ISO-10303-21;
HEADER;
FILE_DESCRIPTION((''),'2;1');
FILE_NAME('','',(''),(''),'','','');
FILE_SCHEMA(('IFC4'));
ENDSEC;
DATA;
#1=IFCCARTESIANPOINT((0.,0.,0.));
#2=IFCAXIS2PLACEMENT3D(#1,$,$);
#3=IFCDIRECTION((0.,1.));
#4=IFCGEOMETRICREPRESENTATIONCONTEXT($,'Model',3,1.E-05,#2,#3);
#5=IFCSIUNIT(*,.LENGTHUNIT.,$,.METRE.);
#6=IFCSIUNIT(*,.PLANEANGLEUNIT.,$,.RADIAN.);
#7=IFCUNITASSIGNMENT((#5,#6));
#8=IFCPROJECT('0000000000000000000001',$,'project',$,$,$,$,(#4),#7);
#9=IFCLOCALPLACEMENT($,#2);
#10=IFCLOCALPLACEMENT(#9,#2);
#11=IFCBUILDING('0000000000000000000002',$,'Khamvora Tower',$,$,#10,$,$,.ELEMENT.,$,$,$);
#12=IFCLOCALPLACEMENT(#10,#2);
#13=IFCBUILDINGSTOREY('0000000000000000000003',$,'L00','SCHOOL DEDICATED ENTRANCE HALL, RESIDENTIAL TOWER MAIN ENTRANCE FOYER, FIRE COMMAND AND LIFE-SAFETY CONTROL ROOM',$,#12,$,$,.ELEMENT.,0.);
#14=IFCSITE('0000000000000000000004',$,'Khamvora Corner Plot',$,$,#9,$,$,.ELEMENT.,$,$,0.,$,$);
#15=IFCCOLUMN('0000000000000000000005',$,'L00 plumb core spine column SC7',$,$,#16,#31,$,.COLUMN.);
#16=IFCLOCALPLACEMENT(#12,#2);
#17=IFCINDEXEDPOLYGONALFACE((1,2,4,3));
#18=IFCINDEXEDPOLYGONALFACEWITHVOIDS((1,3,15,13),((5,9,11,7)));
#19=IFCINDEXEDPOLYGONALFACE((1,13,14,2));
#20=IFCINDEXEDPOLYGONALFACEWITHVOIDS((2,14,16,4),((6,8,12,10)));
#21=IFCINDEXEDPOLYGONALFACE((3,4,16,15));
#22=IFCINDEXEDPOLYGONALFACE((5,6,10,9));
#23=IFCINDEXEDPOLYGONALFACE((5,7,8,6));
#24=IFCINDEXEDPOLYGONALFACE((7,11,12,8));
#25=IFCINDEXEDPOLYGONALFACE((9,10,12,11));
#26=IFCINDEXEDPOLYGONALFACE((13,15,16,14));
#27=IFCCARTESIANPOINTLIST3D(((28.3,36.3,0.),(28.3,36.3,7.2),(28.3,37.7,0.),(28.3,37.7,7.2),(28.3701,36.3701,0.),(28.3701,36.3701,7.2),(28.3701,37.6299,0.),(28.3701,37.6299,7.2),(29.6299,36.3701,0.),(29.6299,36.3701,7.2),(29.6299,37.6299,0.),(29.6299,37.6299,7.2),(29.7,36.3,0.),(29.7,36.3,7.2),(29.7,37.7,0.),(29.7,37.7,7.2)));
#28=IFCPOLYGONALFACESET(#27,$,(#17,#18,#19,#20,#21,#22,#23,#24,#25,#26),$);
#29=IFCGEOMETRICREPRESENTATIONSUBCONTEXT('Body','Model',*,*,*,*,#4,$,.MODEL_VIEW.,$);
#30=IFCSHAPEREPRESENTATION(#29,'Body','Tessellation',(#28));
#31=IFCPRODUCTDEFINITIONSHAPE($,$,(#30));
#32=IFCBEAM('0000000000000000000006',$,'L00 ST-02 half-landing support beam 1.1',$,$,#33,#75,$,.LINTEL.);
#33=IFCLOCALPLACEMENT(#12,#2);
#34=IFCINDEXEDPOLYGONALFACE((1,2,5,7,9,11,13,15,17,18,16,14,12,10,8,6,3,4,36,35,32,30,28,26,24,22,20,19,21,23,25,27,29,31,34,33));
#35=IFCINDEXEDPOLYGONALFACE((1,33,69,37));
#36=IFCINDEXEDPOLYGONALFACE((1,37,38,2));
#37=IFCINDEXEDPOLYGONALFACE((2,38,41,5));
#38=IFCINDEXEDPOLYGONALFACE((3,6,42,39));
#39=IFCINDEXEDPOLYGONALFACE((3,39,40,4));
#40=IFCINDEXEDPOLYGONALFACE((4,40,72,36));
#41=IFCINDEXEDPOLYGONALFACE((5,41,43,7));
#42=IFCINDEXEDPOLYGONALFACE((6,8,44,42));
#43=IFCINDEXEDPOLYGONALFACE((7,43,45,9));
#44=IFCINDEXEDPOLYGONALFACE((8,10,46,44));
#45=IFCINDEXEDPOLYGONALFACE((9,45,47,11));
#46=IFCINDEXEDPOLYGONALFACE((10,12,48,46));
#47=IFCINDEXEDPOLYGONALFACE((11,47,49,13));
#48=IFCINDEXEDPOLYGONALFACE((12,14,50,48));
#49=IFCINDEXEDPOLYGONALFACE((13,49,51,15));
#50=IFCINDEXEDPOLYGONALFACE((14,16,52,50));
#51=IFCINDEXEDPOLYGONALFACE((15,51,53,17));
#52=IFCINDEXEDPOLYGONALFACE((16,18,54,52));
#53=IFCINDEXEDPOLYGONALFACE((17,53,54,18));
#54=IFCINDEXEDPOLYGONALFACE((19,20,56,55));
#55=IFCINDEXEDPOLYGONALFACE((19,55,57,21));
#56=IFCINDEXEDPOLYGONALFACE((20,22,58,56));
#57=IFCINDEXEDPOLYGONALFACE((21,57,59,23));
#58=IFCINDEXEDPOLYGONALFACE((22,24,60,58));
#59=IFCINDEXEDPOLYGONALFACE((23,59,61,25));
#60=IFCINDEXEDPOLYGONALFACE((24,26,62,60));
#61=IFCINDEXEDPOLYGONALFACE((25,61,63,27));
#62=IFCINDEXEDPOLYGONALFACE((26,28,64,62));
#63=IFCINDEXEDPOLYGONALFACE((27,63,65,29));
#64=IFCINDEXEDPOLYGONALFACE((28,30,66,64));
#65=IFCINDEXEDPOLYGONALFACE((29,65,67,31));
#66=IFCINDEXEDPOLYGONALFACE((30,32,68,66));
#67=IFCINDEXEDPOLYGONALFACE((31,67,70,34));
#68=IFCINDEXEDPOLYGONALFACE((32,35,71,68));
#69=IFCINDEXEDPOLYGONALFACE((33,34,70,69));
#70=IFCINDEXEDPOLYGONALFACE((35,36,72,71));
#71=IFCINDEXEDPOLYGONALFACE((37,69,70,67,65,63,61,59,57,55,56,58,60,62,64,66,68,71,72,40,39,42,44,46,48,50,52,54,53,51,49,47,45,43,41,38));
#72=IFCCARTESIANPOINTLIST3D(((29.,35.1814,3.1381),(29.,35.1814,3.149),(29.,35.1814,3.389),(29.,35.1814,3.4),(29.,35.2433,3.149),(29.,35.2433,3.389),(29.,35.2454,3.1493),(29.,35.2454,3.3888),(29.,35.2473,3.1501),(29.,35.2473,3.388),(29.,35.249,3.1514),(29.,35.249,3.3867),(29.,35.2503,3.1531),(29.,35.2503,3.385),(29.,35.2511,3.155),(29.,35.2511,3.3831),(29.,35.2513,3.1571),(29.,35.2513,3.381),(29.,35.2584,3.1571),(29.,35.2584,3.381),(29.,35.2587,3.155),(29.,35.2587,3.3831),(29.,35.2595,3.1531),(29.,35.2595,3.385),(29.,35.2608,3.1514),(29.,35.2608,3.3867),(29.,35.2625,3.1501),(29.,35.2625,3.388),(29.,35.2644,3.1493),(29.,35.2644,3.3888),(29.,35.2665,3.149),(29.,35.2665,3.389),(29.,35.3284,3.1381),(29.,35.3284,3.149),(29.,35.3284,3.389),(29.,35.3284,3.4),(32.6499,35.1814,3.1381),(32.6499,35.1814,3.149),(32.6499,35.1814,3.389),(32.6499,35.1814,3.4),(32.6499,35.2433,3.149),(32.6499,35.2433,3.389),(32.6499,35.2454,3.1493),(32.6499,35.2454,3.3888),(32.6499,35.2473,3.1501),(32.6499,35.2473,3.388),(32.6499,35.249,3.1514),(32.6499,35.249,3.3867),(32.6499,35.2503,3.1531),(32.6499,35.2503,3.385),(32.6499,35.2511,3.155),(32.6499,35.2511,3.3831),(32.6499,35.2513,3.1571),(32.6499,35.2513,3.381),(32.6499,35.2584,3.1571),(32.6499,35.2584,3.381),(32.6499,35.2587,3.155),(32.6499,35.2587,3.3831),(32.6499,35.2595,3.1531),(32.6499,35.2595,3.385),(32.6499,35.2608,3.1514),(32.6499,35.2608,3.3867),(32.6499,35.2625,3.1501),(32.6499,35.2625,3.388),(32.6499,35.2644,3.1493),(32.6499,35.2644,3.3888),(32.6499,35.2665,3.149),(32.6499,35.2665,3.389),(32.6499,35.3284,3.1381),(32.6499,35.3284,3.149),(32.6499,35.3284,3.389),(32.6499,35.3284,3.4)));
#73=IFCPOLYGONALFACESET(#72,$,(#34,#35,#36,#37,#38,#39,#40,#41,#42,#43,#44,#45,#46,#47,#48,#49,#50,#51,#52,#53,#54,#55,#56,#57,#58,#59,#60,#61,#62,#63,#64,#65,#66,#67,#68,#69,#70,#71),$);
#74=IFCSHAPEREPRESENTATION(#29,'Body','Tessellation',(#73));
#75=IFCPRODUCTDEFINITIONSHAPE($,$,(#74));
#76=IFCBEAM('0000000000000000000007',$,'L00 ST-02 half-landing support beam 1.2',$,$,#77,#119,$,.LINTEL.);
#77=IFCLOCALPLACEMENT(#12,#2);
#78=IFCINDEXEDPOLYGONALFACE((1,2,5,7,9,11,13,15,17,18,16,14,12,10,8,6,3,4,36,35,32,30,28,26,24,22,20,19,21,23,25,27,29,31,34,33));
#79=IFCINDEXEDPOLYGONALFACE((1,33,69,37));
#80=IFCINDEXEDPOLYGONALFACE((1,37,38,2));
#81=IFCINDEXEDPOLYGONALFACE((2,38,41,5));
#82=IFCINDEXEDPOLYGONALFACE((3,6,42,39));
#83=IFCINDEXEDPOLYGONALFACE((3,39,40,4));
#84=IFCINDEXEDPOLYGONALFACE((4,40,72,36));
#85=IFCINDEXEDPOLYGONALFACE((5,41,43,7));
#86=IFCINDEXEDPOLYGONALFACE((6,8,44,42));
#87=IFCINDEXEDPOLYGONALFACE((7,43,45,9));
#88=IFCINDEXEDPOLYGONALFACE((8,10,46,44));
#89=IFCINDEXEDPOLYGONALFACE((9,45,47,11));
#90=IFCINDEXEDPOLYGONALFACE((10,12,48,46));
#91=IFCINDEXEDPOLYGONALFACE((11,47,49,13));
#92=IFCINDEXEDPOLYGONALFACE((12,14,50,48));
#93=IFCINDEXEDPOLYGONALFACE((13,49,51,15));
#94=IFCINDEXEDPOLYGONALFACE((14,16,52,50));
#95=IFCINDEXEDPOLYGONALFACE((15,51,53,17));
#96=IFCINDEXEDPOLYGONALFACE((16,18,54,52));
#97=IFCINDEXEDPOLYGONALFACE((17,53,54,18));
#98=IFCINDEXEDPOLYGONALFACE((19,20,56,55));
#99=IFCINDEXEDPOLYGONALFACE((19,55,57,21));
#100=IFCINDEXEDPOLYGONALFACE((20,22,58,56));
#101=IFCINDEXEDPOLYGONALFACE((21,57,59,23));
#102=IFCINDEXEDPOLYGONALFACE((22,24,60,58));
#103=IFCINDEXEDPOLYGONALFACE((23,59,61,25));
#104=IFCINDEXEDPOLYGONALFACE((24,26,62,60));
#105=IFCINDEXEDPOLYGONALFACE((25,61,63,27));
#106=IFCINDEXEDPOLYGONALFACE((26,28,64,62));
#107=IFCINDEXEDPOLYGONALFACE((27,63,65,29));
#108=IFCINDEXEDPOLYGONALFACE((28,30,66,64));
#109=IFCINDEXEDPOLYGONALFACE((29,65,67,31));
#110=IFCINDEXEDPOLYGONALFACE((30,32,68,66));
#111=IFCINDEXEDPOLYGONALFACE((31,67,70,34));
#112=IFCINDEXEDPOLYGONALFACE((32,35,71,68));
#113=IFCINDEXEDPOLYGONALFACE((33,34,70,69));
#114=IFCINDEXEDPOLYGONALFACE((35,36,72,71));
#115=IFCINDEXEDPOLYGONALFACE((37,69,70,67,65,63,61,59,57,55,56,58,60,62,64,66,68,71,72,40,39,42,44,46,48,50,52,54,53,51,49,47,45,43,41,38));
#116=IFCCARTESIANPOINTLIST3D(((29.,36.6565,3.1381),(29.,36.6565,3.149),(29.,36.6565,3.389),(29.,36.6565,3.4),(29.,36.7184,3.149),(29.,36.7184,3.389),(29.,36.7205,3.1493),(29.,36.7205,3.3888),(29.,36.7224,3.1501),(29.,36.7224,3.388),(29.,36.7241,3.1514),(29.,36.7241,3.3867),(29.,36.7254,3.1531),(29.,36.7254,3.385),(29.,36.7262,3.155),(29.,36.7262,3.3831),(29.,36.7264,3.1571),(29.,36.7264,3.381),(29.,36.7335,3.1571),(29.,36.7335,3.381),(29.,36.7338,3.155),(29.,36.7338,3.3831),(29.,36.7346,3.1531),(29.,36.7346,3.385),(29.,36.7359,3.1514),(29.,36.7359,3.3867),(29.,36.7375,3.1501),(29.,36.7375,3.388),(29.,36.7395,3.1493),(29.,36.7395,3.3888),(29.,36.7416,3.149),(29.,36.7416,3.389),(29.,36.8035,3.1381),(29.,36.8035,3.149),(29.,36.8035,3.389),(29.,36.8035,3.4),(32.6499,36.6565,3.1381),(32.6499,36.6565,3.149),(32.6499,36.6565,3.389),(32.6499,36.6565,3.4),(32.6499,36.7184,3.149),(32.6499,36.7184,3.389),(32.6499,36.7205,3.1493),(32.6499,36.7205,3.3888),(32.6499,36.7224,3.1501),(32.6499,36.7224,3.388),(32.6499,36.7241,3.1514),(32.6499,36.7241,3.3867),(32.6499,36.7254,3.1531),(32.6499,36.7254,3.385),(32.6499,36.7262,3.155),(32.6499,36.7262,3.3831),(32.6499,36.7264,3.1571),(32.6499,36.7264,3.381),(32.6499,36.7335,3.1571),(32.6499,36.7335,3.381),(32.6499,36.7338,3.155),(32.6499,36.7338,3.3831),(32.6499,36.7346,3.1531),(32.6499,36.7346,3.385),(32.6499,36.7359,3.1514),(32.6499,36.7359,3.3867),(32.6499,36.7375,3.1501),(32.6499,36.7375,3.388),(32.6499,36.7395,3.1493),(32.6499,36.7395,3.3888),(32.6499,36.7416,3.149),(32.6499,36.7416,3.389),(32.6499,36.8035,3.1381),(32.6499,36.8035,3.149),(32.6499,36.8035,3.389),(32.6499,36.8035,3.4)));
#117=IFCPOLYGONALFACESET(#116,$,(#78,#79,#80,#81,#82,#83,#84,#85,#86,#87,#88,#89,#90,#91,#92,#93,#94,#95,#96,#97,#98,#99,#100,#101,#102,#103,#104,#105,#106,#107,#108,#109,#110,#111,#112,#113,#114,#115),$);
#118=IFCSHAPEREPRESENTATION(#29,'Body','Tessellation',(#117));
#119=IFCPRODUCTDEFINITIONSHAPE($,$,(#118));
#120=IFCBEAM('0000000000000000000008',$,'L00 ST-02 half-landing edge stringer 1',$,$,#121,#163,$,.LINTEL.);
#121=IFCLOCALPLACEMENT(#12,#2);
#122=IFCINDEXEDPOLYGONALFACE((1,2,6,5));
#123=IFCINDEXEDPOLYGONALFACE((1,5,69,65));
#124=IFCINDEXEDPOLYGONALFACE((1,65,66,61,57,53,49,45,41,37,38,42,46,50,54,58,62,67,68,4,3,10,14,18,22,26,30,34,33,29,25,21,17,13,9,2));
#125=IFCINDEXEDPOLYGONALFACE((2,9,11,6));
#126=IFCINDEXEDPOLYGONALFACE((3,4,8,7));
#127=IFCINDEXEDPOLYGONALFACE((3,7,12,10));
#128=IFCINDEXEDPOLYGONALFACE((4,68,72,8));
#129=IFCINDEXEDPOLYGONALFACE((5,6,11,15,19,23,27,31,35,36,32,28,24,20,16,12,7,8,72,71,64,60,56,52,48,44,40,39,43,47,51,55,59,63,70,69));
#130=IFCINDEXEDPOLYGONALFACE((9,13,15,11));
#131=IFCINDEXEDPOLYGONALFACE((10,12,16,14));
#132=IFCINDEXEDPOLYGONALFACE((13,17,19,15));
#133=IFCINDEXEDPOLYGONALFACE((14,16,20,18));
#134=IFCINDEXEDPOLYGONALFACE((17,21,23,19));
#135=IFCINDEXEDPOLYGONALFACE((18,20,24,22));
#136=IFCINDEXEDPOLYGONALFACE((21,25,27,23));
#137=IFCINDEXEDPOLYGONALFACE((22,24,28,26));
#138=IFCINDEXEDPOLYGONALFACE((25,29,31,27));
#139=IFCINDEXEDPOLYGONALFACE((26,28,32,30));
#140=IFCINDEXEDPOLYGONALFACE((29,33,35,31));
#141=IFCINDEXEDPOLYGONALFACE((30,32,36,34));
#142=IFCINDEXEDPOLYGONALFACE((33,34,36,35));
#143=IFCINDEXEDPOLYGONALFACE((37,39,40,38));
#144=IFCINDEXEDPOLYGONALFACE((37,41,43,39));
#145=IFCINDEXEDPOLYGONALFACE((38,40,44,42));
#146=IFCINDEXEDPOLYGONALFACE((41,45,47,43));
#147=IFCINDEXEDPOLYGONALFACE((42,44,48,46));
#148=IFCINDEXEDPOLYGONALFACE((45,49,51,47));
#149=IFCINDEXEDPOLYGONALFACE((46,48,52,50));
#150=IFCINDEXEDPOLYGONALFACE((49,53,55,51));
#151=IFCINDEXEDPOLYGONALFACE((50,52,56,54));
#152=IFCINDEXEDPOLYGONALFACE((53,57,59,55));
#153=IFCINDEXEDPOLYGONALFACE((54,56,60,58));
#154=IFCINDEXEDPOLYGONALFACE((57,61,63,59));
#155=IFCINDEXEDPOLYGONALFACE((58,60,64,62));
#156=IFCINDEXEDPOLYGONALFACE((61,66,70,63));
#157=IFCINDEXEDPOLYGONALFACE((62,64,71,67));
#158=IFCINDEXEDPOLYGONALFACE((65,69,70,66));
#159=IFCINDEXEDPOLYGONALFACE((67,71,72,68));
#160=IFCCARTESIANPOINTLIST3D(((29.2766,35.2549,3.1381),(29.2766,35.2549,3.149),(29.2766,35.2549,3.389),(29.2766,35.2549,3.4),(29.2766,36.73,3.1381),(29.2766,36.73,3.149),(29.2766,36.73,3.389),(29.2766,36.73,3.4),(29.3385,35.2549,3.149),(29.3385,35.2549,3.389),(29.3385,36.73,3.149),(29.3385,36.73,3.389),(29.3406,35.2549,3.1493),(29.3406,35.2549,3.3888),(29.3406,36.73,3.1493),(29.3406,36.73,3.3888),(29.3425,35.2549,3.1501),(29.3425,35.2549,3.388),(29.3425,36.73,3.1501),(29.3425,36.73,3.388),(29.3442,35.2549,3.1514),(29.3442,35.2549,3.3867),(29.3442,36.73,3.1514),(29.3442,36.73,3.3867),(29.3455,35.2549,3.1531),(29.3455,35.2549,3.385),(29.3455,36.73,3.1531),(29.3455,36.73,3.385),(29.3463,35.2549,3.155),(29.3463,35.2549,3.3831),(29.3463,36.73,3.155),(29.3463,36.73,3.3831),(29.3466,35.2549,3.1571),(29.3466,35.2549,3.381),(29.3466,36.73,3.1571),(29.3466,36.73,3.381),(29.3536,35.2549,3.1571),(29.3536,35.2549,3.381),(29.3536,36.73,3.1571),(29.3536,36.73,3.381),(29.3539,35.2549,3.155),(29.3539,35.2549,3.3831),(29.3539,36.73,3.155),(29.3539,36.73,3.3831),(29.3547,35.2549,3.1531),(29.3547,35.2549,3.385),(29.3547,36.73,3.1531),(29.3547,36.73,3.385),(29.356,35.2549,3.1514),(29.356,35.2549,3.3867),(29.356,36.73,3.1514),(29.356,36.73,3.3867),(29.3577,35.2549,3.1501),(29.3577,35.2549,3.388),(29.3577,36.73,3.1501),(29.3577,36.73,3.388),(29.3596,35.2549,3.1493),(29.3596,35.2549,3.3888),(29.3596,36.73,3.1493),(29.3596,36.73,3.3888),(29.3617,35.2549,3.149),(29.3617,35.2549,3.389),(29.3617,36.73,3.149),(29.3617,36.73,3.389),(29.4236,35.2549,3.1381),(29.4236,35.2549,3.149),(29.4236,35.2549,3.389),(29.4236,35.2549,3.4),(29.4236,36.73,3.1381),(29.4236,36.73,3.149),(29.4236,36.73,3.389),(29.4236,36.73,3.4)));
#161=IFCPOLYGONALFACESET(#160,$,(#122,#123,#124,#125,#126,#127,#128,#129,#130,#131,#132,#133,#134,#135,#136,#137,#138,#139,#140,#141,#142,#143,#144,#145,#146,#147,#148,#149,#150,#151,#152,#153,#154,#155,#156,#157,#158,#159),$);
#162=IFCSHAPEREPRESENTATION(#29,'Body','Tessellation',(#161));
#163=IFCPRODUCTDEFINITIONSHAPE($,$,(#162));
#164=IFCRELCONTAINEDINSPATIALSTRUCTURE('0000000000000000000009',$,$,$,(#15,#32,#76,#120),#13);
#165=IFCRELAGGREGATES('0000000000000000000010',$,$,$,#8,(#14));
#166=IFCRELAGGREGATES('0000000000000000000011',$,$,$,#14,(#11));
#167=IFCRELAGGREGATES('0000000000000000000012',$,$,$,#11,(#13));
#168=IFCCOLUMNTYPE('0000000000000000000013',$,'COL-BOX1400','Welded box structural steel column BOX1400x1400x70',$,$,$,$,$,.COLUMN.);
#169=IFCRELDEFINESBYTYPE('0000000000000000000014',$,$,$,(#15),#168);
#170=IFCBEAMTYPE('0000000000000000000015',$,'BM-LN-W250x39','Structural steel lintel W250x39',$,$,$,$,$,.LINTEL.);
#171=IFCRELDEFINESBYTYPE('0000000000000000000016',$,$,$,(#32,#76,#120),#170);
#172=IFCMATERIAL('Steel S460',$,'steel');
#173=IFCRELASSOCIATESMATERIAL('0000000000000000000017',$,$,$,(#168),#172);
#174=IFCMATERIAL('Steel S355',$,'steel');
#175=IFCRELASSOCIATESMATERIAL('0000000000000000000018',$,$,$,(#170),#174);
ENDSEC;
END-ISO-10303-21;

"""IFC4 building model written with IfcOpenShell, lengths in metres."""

from ifc_helpers import new_model, si_unit, direction, frame, origin, origin_2d, place, context, subcontext, project, spatial, hollow_rectangle, i_section, extrude, material, material_profile, profile_set, type_object, element, save


model = new_model("IFC4")

# Units and contexts
model_context = context("Model", 3, precision=1e-05, world=origin(), true_north=direction((0.0, 1.0)))
body_context = subcontext(model_context, "Body", "Model", "MODEL_VIEW")
ifc_project = project(units=[si_unit("LENGTHUNIT", "METRE"), si_unit("PLANEANGLEUNIT", "RADIAN")], contexts=[model_context])

# Site, building, storey
site_placement = place(None, origin())
site = spatial("IfcSite", under=ifc_project, at=site_placement, Name="Khamvora Corner Plot", CompositionType="ELEMENT", RefElevation=0.0)
building_placement = place(site_placement, origin())
building = spatial("IfcBuilding", under=site, at=building_placement, Name="Khamvora Tower", CompositionType="ELEMENT")
storey_placement = place(building_placement, origin())
storey = spatial("IfcBuildingStorey", under=building, at=storey_placement, Name="L00", Description="SCHOOL DEDICATED ENTRANCE HALL, RESIDENTIAL TOWER MAIN ENTRANCE FOYER, FIRE COMMAND AND LIFE-SAFETY CONTROL ROOM", CompositionType="ELEMENT", Elevation=0.0)

# Column
ifc_material_1 = material(Name="Steel S460", Category="steel")
ifc_material_profile_1 = material_profile(ifc_material_1, hollow_rectangle(XDim=1.3999, YDim=1.3999, WallThickness=0.0701, at=origin_2d()), Name="BOX1400x1400x70")
ifc_profile_set_1 = profile_set([ifc_material_profile_1], Name="Steel S460")
column_type = type_object("IfcColumnType", Name="COL-BOX1400", Description="Welded box structural steel column BOX1400x1400x70", PredefinedType="COLUMN", material=ifc_profile_set_1)
column_placement = place(storey_placement, frame((29.0, 37.0, 0.0), z_axis=(0.0, 0.0, 1.0), x_axis=(1.0, 0.0, 0.0)))
element("IfcColumn", 1, at=column_placement, inside=storey, type_object=column_type, Name="L00 plumb core spine column SC7", PredefinedType="COLUMN", context=body_context, shape_type="SweptSolid", body=[
    extrude(hollow_rectangle(XDim=1.3999, YDim=1.3999, WallThickness=0.0701, at=origin_2d()), origin(), (0.0, 0.0, 1.0), 7.2),
])

# Beams
ifc_material_2 = material(Name="Steel S355", Category="steel")
ifc_material_profile_2 = material_profile(ifc_material_2, i_section(OverallWidth=0.147, OverallDepth=0.262, WebThickness=0.0071, FlangeThickness=0.011, FilletRadius=0.0081, at=origin_2d()), Name="W250x39")
ifc_profile_set_2 = profile_set([ifc_material_profile_2], Name="Steel S355")
beam_type = type_object("IfcBeamType", Name="BM-LN-W250x39", Description="Structural steel lintel W250x39", PredefinedType="LINTEL", material=ifc_profile_set_2)
for number, where, z_axis, x_axis, name in (
    (2, (29.0, 35.2549, 3.269), (1.0, 0.0, 0.0), (0.0, 1.0, 0.0), "L00 ST-02 half-landing support beam 1.1"),
    (3, (29.0, 36.73, 3.269), (1.0, 0.0, 0.0), (0.0, 1.0, 0.0), "L00 ST-02 half-landing support beam 1.2"),
):
    element("IfcBeam", number, at=place(storey_placement, frame(where, z_axis=z_axis, x_axis=x_axis)), inside=storey, type_object=beam_type, Name=name, PredefinedType="LINTEL", context=body_context, shape_type="SweptSolid", body=[
        extrude(i_section(OverallWidth=0.147, OverallDepth=0.262, WebThickness=0.0071, FlangeThickness=0.011, FilletRadius=0.0081, at=origin_2d()), origin(), (0.0, 0.0, 1.0), 3.6499),
    ])
beam_1_placement = place(storey_placement, frame((29.3501, 35.2549, 3.269), z_axis=(0.0, 1.0, 0.0), x_axis=(-1.0, 0.0, 0.0)))
element("IfcBeam", 4, at=beam_1_placement, inside=storey, type_object=beam_type, Name="L00 ST-02 half-landing edge stringer 1", PredefinedType="LINTEL", context=body_context, shape_type="SweptSolid", body=[
    extrude(i_section(OverallWidth=0.147, OverallDepth=0.262, WebThickness=0.0071, FlangeThickness=0.011, FilletRadius=0.0081, at=origin_2d()), origin(), (0.0, 0.0, 1.0), 1.4751),
])

save(model, "model.ifc")
